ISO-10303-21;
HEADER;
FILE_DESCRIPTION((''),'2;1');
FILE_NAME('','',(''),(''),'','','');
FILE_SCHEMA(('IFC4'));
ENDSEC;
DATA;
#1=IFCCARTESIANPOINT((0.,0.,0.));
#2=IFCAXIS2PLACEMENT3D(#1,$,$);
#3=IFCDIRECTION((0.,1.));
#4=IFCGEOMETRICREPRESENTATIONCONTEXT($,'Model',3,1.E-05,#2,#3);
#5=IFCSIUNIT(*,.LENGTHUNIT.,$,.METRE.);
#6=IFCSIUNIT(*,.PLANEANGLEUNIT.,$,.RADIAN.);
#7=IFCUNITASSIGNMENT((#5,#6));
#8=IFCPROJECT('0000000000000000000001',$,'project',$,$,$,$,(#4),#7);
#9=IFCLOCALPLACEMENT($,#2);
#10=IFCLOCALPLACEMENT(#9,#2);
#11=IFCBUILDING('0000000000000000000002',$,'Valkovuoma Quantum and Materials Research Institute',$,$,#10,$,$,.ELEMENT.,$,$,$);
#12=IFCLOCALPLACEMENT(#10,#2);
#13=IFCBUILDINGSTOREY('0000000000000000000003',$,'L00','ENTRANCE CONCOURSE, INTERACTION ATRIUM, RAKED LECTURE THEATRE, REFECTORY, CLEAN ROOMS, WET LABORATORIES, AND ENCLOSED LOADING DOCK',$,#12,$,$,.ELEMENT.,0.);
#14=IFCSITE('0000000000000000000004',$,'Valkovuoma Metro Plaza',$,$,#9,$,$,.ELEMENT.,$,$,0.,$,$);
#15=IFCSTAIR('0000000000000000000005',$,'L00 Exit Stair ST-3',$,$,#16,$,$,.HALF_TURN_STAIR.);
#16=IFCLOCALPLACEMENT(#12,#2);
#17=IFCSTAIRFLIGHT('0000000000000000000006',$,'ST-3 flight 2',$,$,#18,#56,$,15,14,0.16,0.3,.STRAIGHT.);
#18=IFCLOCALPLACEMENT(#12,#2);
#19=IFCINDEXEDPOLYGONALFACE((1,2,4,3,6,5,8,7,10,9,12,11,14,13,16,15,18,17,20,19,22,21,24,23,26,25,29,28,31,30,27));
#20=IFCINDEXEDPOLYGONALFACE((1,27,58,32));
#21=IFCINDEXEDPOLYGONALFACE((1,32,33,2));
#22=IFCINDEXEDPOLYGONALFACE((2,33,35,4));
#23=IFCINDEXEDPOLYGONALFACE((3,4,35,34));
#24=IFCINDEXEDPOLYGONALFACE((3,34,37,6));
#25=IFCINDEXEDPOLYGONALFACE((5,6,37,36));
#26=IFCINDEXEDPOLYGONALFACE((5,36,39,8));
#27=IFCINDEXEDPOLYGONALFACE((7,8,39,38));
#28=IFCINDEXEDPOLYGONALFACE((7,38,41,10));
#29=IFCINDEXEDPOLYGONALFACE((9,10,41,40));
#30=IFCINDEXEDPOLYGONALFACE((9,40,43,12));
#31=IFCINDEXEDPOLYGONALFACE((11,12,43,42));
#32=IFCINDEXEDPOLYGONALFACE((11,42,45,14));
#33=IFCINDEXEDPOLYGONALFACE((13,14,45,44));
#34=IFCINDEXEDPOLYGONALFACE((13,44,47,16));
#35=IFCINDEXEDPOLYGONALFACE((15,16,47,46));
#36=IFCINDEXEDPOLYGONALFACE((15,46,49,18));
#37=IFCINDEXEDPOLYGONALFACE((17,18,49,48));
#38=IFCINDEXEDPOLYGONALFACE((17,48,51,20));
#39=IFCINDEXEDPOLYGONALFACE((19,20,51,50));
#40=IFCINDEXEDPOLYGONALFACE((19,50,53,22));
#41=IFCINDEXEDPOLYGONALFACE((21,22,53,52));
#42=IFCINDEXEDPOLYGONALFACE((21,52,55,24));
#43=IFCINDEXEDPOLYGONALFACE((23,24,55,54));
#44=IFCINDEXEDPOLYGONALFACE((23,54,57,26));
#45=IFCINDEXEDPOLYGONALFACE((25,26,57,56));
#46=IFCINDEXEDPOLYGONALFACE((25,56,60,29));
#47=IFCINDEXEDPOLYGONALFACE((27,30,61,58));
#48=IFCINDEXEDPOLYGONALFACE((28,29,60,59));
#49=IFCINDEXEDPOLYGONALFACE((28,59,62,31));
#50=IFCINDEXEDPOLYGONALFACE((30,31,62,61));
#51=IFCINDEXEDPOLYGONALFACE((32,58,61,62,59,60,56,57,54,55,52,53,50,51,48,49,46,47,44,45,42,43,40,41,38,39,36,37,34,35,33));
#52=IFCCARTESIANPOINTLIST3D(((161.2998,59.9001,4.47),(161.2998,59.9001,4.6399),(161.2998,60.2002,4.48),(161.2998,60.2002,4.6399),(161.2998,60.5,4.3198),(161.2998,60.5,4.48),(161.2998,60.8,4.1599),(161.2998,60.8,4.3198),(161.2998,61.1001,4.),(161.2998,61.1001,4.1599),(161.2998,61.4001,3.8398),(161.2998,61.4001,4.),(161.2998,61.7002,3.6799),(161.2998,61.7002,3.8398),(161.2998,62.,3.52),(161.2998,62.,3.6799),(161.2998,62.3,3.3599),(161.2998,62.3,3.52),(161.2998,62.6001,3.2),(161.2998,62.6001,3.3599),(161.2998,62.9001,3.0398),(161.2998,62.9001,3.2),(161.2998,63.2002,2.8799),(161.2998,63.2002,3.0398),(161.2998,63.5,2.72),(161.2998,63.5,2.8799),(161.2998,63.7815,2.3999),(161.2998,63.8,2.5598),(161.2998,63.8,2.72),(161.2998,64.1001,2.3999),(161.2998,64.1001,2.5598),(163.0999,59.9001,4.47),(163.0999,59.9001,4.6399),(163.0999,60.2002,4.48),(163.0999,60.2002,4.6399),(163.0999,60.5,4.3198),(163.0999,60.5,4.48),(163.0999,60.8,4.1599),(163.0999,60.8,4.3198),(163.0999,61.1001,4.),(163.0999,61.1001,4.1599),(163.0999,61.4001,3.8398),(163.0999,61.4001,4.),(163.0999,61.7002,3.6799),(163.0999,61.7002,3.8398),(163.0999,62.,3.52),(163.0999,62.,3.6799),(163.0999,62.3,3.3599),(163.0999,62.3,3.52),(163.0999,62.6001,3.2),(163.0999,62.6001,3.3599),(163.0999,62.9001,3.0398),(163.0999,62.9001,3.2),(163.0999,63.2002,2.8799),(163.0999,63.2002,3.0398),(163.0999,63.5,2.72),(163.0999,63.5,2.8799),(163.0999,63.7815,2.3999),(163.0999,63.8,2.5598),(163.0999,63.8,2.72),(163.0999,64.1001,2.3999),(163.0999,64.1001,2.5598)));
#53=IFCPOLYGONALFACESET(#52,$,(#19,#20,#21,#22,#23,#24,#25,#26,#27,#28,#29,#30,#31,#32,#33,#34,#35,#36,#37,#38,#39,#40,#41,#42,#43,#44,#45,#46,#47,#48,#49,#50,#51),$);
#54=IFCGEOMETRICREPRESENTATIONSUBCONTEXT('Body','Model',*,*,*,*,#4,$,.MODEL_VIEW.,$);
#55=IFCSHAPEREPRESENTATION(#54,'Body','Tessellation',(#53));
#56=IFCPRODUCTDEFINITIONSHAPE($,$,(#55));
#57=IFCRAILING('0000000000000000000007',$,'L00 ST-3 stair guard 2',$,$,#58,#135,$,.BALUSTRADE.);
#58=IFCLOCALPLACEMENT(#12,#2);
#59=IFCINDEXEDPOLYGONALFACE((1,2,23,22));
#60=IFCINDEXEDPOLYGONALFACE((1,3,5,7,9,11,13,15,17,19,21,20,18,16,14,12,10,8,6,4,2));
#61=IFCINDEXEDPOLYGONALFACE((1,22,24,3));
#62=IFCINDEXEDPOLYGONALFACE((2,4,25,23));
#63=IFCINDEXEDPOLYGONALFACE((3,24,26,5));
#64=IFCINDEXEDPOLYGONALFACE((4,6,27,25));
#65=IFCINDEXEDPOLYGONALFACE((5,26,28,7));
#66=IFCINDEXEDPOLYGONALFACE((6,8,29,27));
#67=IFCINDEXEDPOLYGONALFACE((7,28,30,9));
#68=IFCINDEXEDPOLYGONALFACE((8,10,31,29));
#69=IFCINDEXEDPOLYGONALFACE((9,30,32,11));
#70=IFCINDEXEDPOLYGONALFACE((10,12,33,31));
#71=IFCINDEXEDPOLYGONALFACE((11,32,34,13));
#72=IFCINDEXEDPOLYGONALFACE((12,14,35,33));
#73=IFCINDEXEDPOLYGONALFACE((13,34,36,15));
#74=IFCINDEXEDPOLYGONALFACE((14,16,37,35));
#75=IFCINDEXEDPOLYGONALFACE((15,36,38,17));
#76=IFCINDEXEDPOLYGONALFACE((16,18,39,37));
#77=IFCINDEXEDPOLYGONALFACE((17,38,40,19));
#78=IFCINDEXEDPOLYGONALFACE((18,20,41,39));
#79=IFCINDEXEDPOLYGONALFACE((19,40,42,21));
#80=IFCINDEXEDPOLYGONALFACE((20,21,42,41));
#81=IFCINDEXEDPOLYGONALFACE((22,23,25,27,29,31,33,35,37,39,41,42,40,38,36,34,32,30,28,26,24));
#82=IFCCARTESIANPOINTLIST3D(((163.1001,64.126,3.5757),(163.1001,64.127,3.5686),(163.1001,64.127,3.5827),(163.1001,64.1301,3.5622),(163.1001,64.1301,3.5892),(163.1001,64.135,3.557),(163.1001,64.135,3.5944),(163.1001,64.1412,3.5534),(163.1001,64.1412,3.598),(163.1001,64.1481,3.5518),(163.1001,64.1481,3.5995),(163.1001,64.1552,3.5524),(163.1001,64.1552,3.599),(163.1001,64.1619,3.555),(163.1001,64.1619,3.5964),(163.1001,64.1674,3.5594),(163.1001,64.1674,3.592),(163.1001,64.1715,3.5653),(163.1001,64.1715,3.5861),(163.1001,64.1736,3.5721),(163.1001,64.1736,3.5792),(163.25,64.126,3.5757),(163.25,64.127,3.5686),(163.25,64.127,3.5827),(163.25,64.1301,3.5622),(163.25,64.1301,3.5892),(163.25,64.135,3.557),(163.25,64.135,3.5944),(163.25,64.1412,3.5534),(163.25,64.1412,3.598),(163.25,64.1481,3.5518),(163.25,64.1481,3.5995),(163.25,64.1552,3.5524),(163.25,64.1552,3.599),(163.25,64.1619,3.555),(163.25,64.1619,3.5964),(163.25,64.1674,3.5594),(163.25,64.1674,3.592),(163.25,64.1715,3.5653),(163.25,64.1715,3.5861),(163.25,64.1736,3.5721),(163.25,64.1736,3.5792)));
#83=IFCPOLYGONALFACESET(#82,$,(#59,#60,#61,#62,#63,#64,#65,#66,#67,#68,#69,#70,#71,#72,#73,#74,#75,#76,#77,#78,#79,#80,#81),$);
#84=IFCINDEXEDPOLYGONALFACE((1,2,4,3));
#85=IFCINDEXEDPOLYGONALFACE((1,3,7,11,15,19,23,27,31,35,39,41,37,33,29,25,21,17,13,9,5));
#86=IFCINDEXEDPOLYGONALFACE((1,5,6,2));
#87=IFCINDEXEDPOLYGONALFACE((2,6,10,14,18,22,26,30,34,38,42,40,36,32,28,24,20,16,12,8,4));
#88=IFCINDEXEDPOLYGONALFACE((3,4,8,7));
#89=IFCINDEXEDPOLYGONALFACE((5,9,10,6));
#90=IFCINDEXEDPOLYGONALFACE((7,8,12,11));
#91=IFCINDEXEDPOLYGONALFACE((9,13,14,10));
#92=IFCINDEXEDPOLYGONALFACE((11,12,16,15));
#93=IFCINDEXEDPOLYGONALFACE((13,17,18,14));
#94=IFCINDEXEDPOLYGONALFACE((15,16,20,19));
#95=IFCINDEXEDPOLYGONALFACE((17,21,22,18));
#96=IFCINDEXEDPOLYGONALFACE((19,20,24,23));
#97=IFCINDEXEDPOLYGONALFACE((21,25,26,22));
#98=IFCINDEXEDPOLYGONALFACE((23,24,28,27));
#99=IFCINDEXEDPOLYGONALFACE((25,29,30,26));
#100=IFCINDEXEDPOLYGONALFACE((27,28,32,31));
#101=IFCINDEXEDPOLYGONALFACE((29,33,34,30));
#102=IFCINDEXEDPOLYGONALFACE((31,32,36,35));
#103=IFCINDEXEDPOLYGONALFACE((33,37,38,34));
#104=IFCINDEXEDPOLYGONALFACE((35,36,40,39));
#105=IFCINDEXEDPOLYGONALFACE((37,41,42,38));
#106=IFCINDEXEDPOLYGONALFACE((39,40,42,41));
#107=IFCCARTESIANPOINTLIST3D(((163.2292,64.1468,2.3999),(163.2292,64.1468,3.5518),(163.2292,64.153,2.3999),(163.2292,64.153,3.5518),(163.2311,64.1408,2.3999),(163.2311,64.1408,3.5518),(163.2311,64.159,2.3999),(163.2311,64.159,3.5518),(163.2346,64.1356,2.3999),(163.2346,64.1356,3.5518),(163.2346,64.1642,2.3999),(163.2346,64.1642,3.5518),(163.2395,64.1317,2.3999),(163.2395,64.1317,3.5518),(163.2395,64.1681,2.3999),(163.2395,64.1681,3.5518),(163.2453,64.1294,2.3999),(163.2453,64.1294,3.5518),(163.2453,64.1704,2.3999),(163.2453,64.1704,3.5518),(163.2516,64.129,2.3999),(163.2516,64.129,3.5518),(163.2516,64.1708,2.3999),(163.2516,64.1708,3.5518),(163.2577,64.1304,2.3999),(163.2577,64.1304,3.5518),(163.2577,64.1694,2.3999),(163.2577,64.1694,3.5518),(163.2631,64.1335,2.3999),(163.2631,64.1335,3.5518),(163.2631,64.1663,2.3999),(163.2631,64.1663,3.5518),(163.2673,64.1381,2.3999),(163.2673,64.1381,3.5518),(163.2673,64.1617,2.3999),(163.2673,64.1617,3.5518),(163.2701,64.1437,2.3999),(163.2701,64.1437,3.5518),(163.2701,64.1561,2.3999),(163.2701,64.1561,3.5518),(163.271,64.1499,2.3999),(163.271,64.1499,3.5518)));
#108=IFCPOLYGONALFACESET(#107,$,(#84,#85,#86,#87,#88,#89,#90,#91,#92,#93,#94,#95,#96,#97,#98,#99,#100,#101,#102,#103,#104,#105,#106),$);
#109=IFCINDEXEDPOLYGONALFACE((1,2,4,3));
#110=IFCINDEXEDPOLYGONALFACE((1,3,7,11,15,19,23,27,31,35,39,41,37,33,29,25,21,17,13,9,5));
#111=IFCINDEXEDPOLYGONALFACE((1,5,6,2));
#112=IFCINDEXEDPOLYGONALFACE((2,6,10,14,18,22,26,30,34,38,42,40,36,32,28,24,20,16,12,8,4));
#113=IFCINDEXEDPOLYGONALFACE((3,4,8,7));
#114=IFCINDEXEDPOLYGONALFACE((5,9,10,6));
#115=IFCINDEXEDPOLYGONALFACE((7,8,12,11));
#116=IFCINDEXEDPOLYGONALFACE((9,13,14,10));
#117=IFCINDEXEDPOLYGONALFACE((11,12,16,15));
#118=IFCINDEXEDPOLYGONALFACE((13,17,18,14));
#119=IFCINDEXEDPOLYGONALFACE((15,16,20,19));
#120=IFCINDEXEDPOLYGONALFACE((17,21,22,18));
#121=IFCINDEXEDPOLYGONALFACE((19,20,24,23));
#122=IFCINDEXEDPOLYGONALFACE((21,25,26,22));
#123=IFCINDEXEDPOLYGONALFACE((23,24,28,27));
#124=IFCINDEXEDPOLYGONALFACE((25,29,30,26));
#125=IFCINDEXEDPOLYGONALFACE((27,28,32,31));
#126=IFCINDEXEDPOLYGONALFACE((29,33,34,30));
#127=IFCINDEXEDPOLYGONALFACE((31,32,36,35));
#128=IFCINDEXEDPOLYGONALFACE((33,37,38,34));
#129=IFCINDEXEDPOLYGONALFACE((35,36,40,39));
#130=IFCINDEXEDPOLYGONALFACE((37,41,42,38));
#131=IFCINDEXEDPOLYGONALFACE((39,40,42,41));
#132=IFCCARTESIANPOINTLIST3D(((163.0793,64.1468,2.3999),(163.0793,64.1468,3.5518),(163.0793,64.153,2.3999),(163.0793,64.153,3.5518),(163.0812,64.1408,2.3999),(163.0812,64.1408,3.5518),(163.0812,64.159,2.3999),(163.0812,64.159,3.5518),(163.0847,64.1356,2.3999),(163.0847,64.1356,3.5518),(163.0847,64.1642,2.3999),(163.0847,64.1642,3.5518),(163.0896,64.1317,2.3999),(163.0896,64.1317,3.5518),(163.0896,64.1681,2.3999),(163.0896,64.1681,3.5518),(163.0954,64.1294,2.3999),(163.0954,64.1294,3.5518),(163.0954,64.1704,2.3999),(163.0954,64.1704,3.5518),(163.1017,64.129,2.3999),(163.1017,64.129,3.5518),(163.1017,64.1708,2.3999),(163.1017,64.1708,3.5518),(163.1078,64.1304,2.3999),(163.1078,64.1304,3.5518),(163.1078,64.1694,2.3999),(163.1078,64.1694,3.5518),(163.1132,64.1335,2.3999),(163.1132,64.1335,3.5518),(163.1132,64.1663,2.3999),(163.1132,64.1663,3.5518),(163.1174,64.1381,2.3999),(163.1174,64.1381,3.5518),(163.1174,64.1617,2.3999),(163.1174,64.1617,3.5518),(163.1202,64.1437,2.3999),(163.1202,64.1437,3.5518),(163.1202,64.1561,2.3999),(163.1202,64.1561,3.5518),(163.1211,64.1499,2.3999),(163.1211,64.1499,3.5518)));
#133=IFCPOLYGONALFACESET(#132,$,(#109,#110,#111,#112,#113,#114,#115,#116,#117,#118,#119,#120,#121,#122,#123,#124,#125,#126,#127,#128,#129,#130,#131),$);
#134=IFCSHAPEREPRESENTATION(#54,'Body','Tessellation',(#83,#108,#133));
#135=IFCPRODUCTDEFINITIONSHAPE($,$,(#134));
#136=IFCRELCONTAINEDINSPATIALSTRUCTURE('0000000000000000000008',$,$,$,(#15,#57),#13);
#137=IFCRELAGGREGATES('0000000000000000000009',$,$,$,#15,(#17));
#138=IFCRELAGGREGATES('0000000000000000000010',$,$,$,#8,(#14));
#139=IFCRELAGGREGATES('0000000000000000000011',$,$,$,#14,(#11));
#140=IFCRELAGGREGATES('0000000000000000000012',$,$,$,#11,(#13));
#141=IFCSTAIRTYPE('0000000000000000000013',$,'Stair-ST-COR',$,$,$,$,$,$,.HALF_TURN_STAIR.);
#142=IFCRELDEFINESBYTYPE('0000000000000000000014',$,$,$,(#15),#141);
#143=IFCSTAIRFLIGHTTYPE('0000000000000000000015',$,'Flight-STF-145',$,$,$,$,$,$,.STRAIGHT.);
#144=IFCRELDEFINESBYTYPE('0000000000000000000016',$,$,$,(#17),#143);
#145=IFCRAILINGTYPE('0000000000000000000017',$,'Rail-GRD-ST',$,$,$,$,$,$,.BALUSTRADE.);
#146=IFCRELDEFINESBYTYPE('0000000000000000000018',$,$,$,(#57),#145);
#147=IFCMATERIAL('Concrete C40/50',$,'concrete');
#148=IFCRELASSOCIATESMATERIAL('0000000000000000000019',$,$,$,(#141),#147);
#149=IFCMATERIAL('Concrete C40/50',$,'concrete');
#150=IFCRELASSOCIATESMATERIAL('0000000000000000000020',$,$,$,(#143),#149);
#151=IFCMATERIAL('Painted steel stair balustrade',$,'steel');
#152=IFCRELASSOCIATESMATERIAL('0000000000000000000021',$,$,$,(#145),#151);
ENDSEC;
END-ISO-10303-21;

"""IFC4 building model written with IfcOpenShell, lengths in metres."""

from ifc_helpers import new_model, si_unit, direction, frame, origin, origin_2d, place, context, subcontext, project, spatial, polyline, circle, outline, extrude, material, type_object, element, aggregate, save


model = new_model("IFC4")

# Units and contexts
model_context = context("Model", 3, precision=1e-05, world=origin(), true_north=direction((0.0, 1.0)))
body_context = subcontext(model_context, "Body", "Model", "MODEL_VIEW")
ifc_project = project(units=[si_unit("LENGTHUNIT", "METRE"), si_unit("PLANEANGLEUNIT", "RADIAN")], contexts=[model_context])

# Site, building, storey
site_placement = place(None, origin())
site = spatial("IfcSite", under=ifc_project, at=site_placement, Name="Valkovuoma Metro Plaza", CompositionType="ELEMENT", RefElevation=0.0)
building_placement = place(site_placement, origin())
building = spatial("IfcBuilding", under=site, at=building_placement, Name="Valkovuoma Quantum and Materials Research Institute", CompositionType="ELEMENT")
storey_placement = place(building_placement, origin())
storey = spatial("IfcBuildingStorey", under=building, at=storey_placement, Name="L00", Description="ENTRANCE CONCOURSE, INTERACTION ATRIUM, RAKED LECTURE THEATRE, REFECTORY, CLEAN ROOMS, WET LABORATORIES, AND ENCLOSED LOADING DOCK", CompositionType="ELEMENT", Elevation=0.0)

# Stair, stair flight
ifc_material_1 = material(Name="Concrete C40/50", Category="concrete")
stair_type = type_object("IfcStairType", Name="Stair-ST-COR", PredefinedType="HALF_TURN_STAIR", material=ifc_material_1)
stair_placement = place(storey_placement, origin())
stair = element("IfcStair", 1, at=stair_placement, inside=storey, type_object=stair_type, Name="L00 Exit Stair ST-3", PredefinedType="HALF_TURN_STAIR")
ifc_material_2 = material(Name="Concrete C40/50", Category="concrete")
stair_flight_type = type_object("IfcStairFlightType", Name="Flight-STF-145", PredefinedType="STRAIGHT", material=ifc_material_2)
stair_flight_1_placement = place(storey_placement, frame((162.2, 64.1001, 2.3999), z_axis=(0.0, 0.0, 1.0), x_axis=(0.0, -1.0, 0.0)))
stair_flight_1 = element("IfcStairFlight", 2, at=stair_flight_1_placement, type_object=stair_flight_type, Name="ST-3 flight 2", NumberOfRisers=15, NumberOfTreads=14, PredefinedType="STRAIGHT", RiserHeight=0.16, TreadLength=0.3, context=body_context, shape_type="SweptSolid", body=[
    extrude(outline(polyline([(0.0, 0.0), (0.0, 0.1599), (0.3, 0.1599), (0.3, 0.3201), (0.6001, 0.3201), (0.6001, 0.48), (0.8999, 0.48), (0.8999, 0.6399), (1.2, 0.6399), (1.2, 0.8), (1.5, 0.8), (1.5, 0.96), (1.8, 0.96), (1.8, 1.1201), (2.1001, 1.1201), (2.1001, 1.28), (2.3999, 1.28), (2.3999, 1.4399), (2.7, 1.4399), (2.7, 1.6001), (3.0, 1.6001), (3.0, 1.76), (3.3, 1.76), (3.3, 1.9199), (3.6001, 1.9199), (3.6001, 2.0801), (3.8999, 2.0801), (3.8999, 2.24), (4.2, 2.24), (4.2, 2.3999), (4.2, 2.0701), (0.3186, 0.0), (0.0, 0.0)])), frame((0.0, 0.8999, 0.0), z_axis=(0.0, -1.0, 0.0), x_axis=(1.0, 0.0, 0.0)), (0.0, 0.0, 1.0), 1.8),
])
aggregate(stair, [stair_flight_1])

# Railing
ifc_material_3 = material(Name="Painted steel stair balustrade", Category="steel")
railing_type_1 = type_object("IfcRailingType", Name="Rail-GRD-ST", PredefinedType="BALUSTRADE", material=ifc_material_3)
railing_1_placement = place(storey_placement, frame((163.25, 64.1499, 2.3999)))
element("IfcRailing", 3, at=railing_1_placement, inside=storey, type_object=railing_type_1, Name="L00 ST-3 stair guard 2", PredefinedType="BALUSTRADE", context=body_context, shape_type="SweptSolid", body=[
    extrude(circle(Radius=0.0239, at=origin_2d()), frame((0.0, 0.0, 1.1758), z_axis=(-1.0, 0.0, 0.0), x_axis=(0.0, -1.0, 0.0)), (0.0, 0.0, 1.0), 0.1499),
    extrude(circle(Radius=0.021, at=origin_2d()), origin(), (0.0, 0.0, 1.0), 1.1519),
    extrude(circle(Radius=0.021, at=origin_2d()), frame((-0.1499, 0.0, 0.0)), (0.0, 0.0, 1.0), 1.1519),
])

save(model, "model.ifc")
